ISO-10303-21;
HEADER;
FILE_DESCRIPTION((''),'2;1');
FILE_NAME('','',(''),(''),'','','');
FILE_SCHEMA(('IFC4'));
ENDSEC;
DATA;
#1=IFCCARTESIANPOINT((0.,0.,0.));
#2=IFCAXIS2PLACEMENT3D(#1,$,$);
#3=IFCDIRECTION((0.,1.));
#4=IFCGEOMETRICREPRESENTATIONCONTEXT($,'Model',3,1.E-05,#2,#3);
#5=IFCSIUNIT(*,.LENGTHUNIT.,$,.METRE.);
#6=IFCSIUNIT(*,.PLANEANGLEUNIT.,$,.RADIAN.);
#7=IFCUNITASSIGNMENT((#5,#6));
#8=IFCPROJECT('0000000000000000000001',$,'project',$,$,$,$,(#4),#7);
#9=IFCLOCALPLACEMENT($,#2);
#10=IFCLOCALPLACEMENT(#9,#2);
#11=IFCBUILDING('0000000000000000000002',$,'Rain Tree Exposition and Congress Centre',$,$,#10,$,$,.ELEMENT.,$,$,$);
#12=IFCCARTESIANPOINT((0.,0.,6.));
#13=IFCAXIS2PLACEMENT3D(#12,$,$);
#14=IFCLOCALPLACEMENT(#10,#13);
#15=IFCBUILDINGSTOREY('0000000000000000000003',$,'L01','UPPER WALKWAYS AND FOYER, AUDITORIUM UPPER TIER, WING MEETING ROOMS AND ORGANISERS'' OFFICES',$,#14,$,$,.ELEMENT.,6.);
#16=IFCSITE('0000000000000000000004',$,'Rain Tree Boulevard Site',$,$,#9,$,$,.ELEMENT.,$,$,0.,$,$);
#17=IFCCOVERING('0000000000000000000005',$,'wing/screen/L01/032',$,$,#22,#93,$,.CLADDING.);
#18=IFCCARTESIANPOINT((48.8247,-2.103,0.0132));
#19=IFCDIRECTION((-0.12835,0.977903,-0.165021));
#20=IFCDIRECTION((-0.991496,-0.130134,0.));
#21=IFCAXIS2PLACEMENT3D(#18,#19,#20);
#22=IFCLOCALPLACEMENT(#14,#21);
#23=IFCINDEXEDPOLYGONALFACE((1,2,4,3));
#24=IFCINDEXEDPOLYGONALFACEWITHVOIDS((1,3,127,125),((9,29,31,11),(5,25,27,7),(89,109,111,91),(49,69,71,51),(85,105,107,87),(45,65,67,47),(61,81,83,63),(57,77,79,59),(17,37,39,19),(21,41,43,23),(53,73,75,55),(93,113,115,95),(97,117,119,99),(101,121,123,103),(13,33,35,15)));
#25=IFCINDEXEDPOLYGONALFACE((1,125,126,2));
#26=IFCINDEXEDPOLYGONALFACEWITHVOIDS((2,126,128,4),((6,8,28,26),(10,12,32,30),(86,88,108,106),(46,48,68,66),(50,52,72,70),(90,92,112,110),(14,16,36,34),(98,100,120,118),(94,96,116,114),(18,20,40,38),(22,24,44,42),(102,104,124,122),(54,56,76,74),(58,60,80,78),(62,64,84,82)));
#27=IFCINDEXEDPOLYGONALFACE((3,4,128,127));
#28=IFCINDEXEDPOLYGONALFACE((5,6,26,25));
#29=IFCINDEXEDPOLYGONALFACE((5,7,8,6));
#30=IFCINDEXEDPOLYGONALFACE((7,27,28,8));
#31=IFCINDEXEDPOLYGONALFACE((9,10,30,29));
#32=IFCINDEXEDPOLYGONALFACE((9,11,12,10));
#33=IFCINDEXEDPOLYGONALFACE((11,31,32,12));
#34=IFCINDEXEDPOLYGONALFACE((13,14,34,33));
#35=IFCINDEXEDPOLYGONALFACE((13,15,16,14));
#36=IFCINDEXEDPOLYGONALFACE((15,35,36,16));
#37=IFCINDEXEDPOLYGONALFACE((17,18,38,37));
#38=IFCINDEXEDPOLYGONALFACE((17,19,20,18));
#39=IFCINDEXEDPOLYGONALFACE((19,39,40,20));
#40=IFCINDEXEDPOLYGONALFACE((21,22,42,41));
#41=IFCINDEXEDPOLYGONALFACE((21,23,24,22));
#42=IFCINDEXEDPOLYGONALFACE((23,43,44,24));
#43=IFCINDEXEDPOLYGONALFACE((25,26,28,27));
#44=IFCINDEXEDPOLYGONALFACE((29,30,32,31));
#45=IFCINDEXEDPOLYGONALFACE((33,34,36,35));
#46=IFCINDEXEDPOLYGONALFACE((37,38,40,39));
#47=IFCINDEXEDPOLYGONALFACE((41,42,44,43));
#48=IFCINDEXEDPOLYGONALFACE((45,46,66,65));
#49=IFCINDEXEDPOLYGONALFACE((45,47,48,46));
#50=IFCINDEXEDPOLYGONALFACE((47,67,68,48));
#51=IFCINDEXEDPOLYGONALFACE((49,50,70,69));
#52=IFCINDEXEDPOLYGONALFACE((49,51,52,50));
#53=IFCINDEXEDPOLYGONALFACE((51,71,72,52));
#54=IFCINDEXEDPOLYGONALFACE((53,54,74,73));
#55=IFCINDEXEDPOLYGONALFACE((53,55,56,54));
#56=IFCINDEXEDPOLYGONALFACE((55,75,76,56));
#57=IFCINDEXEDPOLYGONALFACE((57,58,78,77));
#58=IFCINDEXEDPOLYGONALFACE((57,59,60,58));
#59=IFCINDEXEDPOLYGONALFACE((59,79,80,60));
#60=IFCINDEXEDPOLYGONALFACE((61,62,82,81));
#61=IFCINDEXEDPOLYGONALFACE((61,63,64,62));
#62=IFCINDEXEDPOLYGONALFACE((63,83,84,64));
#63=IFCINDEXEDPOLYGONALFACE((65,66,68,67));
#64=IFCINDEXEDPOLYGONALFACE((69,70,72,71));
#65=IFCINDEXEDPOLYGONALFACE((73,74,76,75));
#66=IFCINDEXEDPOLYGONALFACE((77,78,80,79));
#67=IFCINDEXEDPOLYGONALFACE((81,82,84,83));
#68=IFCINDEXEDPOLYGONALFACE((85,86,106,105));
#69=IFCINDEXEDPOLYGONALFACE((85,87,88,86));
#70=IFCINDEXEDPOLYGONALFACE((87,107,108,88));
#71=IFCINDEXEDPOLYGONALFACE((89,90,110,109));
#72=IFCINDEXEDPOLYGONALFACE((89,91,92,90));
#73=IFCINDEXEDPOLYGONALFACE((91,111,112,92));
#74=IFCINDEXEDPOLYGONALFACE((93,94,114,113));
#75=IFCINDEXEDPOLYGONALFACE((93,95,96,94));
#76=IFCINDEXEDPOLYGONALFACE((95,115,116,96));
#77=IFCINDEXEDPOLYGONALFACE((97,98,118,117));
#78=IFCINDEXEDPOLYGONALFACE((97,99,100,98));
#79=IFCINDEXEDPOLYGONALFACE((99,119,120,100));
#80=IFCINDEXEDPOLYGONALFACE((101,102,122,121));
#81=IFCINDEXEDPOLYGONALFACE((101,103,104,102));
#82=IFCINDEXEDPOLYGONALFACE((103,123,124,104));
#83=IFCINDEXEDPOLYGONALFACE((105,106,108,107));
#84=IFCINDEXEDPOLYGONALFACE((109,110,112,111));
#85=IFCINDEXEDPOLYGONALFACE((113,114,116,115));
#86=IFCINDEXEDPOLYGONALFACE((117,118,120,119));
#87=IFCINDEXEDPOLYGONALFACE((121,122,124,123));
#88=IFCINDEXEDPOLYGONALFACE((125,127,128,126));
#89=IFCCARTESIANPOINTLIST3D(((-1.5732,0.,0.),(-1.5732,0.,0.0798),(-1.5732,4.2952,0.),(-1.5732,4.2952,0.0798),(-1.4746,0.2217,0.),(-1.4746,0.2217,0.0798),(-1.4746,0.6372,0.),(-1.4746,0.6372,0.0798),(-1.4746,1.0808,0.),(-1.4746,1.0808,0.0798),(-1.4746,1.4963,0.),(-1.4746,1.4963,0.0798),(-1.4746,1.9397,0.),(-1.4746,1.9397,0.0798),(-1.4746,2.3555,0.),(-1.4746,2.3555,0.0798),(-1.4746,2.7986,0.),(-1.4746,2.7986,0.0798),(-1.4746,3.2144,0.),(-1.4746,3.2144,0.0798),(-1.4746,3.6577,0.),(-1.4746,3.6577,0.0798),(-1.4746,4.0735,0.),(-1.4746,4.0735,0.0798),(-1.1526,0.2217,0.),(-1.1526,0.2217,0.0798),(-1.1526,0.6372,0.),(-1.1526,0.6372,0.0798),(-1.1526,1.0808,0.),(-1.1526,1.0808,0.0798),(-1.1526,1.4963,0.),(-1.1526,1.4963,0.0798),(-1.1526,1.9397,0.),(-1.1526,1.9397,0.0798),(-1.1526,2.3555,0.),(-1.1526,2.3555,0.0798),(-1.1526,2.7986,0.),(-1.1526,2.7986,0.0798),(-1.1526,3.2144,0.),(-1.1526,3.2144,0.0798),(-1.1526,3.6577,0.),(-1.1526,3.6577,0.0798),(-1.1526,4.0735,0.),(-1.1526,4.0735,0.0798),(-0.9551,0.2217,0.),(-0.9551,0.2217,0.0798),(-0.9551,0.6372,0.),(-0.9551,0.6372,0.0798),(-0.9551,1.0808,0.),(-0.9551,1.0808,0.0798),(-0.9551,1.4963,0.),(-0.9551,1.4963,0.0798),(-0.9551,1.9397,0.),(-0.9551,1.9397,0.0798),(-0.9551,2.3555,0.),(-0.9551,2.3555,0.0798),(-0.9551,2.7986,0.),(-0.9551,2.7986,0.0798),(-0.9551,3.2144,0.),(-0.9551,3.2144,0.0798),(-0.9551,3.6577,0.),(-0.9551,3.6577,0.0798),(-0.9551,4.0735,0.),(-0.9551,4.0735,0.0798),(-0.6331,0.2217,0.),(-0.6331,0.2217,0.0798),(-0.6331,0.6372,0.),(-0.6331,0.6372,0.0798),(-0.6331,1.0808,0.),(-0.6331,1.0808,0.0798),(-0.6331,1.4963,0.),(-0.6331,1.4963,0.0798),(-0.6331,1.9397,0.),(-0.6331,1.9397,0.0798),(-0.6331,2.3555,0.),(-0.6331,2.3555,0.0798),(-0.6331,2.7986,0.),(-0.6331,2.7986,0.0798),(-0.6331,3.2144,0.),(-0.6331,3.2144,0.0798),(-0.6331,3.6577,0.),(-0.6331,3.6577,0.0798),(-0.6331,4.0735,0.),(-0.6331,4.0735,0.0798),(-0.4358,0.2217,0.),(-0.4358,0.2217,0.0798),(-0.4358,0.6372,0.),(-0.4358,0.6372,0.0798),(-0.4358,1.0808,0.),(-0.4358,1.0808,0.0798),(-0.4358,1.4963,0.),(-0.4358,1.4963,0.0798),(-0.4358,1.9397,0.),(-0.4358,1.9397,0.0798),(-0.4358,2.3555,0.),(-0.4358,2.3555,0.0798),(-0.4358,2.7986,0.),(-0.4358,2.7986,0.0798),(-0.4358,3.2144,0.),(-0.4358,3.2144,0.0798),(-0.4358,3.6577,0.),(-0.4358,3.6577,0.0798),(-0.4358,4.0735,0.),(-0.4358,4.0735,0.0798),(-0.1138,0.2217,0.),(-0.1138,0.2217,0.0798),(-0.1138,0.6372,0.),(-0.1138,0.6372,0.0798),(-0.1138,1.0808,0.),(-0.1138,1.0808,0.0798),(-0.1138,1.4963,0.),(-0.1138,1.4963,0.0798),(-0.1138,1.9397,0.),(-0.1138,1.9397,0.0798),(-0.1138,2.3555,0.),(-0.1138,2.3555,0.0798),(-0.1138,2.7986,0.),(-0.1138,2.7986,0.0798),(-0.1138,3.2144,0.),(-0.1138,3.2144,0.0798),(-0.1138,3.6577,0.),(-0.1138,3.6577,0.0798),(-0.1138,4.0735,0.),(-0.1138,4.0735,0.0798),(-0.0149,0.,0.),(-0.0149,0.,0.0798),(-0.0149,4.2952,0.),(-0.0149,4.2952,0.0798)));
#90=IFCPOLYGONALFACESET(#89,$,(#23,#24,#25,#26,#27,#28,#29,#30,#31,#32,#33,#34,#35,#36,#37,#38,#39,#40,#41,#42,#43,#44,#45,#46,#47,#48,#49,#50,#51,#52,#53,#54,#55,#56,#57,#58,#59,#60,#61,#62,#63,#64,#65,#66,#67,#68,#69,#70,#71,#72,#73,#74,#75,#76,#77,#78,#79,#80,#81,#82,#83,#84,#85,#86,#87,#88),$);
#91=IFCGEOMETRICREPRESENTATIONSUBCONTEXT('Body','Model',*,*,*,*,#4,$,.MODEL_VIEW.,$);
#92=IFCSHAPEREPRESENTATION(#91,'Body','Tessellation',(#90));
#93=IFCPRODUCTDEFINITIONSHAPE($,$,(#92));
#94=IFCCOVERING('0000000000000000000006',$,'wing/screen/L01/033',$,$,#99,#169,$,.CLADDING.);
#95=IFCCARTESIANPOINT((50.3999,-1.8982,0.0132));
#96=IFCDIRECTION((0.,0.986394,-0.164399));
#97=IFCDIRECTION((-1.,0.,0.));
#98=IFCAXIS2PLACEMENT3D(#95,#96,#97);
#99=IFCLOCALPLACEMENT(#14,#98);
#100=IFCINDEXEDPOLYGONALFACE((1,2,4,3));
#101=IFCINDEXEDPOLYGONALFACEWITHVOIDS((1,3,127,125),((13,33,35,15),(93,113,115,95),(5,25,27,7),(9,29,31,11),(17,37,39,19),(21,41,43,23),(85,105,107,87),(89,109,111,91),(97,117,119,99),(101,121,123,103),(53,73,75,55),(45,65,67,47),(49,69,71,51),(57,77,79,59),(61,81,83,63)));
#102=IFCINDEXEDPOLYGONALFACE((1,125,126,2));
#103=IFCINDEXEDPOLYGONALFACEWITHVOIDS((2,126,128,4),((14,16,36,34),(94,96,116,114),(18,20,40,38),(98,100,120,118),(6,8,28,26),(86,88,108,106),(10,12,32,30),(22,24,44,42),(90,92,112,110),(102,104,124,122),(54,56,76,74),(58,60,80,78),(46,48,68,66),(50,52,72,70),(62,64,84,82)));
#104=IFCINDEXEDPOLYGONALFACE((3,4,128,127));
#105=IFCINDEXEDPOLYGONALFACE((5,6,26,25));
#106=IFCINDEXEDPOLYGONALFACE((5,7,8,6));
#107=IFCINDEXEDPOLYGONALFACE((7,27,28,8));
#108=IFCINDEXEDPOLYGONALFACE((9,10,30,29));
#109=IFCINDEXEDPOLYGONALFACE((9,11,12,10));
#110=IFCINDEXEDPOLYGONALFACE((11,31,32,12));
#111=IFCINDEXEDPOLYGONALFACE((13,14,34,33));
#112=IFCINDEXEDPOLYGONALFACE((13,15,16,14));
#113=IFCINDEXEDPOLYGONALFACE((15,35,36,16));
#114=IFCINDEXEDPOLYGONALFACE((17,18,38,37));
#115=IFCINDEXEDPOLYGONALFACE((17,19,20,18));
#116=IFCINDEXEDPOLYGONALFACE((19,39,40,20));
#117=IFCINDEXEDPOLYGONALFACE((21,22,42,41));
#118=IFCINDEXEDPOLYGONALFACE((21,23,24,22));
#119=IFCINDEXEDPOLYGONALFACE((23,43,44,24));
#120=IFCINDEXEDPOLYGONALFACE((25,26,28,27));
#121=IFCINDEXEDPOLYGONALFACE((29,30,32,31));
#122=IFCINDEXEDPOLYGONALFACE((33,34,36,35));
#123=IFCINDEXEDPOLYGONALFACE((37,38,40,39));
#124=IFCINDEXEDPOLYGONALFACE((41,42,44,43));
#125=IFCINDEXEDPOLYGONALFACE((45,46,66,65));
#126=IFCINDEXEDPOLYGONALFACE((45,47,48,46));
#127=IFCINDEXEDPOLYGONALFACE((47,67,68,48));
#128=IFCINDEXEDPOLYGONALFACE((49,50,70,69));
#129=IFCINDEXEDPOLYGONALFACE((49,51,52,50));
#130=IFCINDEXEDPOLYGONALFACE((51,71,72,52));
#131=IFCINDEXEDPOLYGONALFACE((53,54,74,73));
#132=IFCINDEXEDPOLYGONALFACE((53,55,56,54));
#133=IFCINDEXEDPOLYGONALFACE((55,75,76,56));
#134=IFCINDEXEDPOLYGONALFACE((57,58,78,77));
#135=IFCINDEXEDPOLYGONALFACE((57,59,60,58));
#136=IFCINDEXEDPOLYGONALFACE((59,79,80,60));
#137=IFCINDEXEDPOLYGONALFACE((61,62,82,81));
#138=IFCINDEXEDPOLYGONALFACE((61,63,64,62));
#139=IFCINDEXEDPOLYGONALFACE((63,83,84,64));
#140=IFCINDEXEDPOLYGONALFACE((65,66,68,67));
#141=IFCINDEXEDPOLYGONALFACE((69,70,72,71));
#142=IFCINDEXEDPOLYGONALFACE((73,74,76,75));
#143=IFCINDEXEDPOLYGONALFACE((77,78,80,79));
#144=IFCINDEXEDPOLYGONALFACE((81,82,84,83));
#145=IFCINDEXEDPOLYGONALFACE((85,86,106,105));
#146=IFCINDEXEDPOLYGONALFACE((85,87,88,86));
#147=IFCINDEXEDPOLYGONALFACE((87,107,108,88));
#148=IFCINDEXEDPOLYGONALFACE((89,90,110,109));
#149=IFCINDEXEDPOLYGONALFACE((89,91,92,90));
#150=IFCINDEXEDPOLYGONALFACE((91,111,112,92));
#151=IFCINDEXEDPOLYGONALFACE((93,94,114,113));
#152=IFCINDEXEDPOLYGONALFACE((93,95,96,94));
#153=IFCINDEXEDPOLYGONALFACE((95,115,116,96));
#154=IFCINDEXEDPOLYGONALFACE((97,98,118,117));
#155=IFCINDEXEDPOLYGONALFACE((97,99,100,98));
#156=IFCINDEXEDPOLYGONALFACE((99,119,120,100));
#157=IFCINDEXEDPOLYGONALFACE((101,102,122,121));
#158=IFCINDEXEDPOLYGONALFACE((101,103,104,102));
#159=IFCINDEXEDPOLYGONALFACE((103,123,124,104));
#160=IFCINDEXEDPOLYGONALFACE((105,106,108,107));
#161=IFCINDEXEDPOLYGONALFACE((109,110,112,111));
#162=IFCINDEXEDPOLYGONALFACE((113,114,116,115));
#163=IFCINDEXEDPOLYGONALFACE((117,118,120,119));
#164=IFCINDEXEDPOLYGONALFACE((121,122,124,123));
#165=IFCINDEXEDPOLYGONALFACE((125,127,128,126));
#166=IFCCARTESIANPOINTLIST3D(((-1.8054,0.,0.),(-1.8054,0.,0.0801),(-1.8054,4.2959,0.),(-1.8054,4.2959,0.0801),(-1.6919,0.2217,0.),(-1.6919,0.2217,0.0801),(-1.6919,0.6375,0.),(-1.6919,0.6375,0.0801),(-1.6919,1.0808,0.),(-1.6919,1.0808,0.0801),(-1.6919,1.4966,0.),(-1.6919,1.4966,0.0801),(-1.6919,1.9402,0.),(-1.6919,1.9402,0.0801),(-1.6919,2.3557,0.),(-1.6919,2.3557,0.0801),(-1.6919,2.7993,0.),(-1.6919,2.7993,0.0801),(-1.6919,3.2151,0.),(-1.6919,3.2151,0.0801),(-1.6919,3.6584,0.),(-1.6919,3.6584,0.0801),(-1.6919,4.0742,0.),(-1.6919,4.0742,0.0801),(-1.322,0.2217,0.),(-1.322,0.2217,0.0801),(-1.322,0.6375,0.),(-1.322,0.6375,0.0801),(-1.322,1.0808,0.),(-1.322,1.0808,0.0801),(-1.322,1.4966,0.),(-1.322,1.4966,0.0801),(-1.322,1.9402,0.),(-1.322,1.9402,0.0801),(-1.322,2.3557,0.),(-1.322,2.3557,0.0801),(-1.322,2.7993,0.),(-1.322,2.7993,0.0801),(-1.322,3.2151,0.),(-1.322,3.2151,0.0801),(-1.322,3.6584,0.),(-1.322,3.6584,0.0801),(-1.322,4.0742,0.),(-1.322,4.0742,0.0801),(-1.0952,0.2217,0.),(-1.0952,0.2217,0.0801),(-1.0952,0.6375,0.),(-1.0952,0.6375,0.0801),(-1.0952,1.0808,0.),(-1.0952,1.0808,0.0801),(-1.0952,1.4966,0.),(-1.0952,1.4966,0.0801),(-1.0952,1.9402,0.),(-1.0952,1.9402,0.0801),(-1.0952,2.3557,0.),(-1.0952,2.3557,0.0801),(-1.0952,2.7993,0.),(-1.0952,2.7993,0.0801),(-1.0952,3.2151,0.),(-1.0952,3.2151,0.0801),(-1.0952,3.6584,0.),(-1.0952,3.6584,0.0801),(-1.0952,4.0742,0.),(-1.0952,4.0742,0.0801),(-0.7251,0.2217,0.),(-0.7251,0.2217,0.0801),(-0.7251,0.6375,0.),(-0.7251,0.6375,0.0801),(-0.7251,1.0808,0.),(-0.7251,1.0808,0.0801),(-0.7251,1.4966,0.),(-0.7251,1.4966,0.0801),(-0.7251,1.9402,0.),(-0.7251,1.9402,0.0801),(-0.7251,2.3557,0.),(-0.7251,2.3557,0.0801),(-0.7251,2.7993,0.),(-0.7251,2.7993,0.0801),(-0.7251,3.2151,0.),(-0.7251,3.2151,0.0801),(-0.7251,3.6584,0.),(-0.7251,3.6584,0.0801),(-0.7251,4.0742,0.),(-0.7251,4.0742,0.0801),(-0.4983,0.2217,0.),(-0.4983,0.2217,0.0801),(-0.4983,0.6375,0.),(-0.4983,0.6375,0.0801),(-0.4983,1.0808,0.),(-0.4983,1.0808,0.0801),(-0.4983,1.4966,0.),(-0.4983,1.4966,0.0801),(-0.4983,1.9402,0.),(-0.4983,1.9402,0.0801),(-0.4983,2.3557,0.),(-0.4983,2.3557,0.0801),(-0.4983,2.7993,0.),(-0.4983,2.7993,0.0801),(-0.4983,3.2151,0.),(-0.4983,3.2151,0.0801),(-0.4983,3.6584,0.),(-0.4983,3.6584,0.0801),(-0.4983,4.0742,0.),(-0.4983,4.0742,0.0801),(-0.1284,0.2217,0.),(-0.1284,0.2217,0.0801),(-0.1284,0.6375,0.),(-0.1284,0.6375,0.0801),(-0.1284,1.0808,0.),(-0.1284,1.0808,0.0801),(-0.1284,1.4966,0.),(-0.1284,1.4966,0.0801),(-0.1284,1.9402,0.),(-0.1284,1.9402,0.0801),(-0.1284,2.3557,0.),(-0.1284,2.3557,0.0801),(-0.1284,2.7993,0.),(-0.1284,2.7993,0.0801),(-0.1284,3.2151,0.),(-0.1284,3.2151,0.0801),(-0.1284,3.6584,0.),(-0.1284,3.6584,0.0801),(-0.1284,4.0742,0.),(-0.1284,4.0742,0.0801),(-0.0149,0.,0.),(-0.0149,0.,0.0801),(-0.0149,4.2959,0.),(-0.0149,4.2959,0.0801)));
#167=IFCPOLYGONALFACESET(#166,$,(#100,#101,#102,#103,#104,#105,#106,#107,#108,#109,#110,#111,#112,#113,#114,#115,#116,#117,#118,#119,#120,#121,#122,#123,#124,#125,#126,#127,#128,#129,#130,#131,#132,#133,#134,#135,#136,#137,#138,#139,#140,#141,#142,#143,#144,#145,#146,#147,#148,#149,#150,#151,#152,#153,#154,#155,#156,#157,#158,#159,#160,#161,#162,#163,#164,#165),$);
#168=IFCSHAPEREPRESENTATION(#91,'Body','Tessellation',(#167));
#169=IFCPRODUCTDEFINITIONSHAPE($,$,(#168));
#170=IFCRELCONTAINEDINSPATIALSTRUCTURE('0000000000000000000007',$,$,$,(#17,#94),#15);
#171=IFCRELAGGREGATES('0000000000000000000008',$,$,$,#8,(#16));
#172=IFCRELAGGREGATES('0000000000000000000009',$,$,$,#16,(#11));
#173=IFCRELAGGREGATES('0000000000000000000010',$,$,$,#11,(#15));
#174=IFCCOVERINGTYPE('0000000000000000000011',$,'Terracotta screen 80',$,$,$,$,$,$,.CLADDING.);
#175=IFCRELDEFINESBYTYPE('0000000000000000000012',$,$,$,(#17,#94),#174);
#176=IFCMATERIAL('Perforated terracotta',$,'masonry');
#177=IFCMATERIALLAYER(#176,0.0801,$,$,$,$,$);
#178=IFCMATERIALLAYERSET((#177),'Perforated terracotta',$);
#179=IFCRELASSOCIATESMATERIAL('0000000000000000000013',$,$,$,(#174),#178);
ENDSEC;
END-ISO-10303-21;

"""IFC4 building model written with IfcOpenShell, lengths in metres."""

from ifc_helpers import new_model, si_unit, direction, frame, origin, place, context, subcontext, project, spatial, polyline, outline, extrude, material, layer, layer_set, type_object, element, save


model = new_model("IFC4")

# Units and contexts
model_context = context("Model", 3, precision=1e-05, world=origin(), true_north=direction((0.0, 1.0)))
body_context = subcontext(model_context, "Body", "Model", "MODEL_VIEW")
ifc_project = project(units=[si_unit("LENGTHUNIT", "METRE"), si_unit("PLANEANGLEUNIT", "RADIAN")], contexts=[model_context])

# Site, building, storey
site_placement = place(None, origin())
site = spatial("IfcSite", under=ifc_project, at=site_placement, Name="Rain Tree Boulevard Site", CompositionType="ELEMENT", RefElevation=0.0)
building_placement = place(site_placement, origin())
building = spatial("IfcBuilding", under=site, at=building_placement, Name="Rain Tree Exposition and Congress Centre", CompositionType="ELEMENT")
storey_placement = place(building_placement, frame((0.0, 0.0, 6.0)))
storey = spatial("IfcBuildingStorey", under=building, at=storey_placement, Name="L01", Description="UPPER WALKWAYS AND FOYER, AUDITORIUM UPPER TIER, WING MEETING ROOMS AND ORGANISERS' OFFICES", CompositionType="ELEMENT", Elevation=6.0)

# Coverings
ifc_material_1 = material(Name="Perforated terracotta", Category="masonry")
ifc_layer_1 = layer(ifc_material_1, 0.0801)
ifc_layer_set_1 = layer_set([ifc_layer_1], Name="Perforated terracotta")
covering_type = type_object("IfcCoveringType", Name="Terracotta screen 80", PredefinedType="CLADDING", material=ifc_layer_set_1)
covering_1_placement = place(storey_placement, frame((48.8247, -2.103, 0.0132), z_axis=(-0.12835, 0.977903, -0.165021), x_axis=(-0.991496, -0.130134, 0.0)))
element("IfcCovering", 1, at=covering_1_placement, inside=storey, type_object=covering_type, Name="wing/screen/L01/032", PredefinedType="CLADDING", context=body_context, shape_type="SweptSolid", body=[
    extrude(outline(polyline([(-1.5732, 0.0), (-1.5732, 4.2952), (-0.0149, 4.2952), (-0.0149, 0.0), (-1.5732, 0.0)]), holes=[polyline([(-0.1138, 0.2217), (-0.1138, 0.6372), (-0.4358, 0.6372), (-0.4358, 0.2217), (-0.1138, 0.2217)]), polyline([(-0.1138, 1.0808), (-0.1138, 1.4963), (-0.4358, 1.4963), (-0.4358, 1.0808), (-0.1138, 1.0808)]), polyline([(-0.1138, 1.9397), (-0.1138, 2.3555), (-0.4358, 2.3555), (-0.4358, 1.9397), (-0.1138, 1.9397)]), polyline([(-0.1138, 2.7986), (-0.1138, 3.2144), (-0.4358, 3.2144), (-0.4358, 2.7986), (-0.1138, 2.7986)]), polyline([(-0.1138, 3.6577), (-0.1138, 4.0735), (-0.4358, 4.0735), (-0.4358, 3.6577), (-0.1138, 3.6577)]), polyline([(-0.6331, 0.2217), (-0.6331, 0.6372), (-0.9551, 0.6372), (-0.9551, 0.2217), (-0.6331, 0.2217)]), polyline([(-0.6331, 1.0808), (-0.6331, 1.4963), (-0.9551, 1.4963), (-0.9551, 1.0808), (-0.6331, 1.0808)]), polyline([(-0.6331, 1.9397), (-0.6331, 2.3555), (-0.9551, 2.3555), (-0.9551, 1.9397), (-0.6331, 1.9397)]), polyline([(-0.6331, 2.7986), (-0.6331, 3.2144), (-0.9551, 3.2144), (-0.9551, 2.7986), (-0.6331, 2.7986)]), polyline([(-0.6331, 3.6577), (-0.6331, 4.0735), (-0.9551, 4.0735), (-0.9551, 3.6577), (-0.6331, 3.6577)]), polyline([(-1.1526, 0.2217), (-1.1526, 0.6372), (-1.4746, 0.6372), (-1.4746, 0.2217), (-1.1526, 0.2217)]), polyline([(-1.1526, 1.0808), (-1.1526, 1.4963), (-1.4746, 1.4963), (-1.4746, 1.0808), (-1.1526, 1.0808)]), polyline([(-1.1526, 1.9397), (-1.1526, 2.3555), (-1.4746, 2.3555), (-1.4746, 1.9397), (-1.1526, 1.9397)]), polyline([(-1.1526, 2.7986), (-1.1526, 3.2144), (-1.4746, 3.2144), (-1.4746, 2.7986), (-1.1526, 2.7986)]), polyline([(-1.1526, 3.6577), (-1.1526, 4.0735), (-1.4746, 4.0735), (-1.4746, 3.6577), (-1.1526, 3.6577)])]), origin(), (0.0, 0.0, 1.0), 0.0798),
])
covering_2_placement = place(storey_placement, frame((50.3999, -1.8982, 0.0132), z_axis=(0.0, 0.986394, -0.164399), x_axis=(-1.0, 0.0, 0.0)))
element("IfcCovering", 2, at=covering_2_placement, inside=storey, type_object=covering_type, Name="wing/screen/L01/033", PredefinedType="CLADDING", context=body_context, shape_type="SweptSolid", body=[
    extrude(outline(polyline([(-1.8054, 0.0), (-1.8054, 4.2959), (-0.0149, 4.2959), (-0.0149, 0.0), (-1.8054, 0.0)]), holes=[polyline([(-0.1284, 0.2217), (-0.1284, 0.6375), (-0.4983, 0.6375), (-0.4983, 0.2217), (-0.1284, 0.2217)]), polyline([(-0.1284, 1.0808), (-0.1284, 1.4966), (-0.4983, 1.4966), (-0.4983, 1.0808), (-0.1284, 1.0808)]), polyline([(-0.1284, 1.9402), (-0.1284, 2.3557), (-0.4983, 2.3557), (-0.4983, 1.9402), (-0.1284, 1.9402)]), polyline([(-0.1284, 2.7993), (-0.1284, 3.2151), (-0.4983, 3.2151), (-0.4983, 2.7993), (-0.1284, 2.7993)]), polyline([(-0.1284, 3.6584), (-0.1284, 4.0742), (-0.4983, 4.0742), (-0.4983, 3.6584), (-0.1284, 3.6584)]), polyline([(-0.7251, 0.2217), (-0.7251, 0.6375), (-1.0952, 0.6375), (-1.0952, 0.2217), (-0.7251, 0.2217)]), polyline([(-0.7251, 1.0808), (-0.7251, 1.4966), (-1.0952, 1.4966), (-1.0952, 1.0808), (-0.7251, 1.0808)]), polyline([(-0.7251, 1.9402), (-0.7251, 2.3557), (-1.0952, 2.3557), (-1.0952, 1.9402), (-0.7251, 1.9402)]), polyline([(-0.7251, 2.7993), (-0.7251, 3.2151), (-1.0952, 3.2151), (-1.0952, 2.7993), (-0.7251, 2.7993)]), polyline([(-0.7251, 3.6584), (-0.7251, 4.0742), (-1.0952, 4.0742), (-1.0952, 3.6584), (-0.7251, 3.6584)]), polyline([(-1.322, 0.2217), (-1.322, 0.6375), (-1.6919, 0.6375), (-1.6919, 0.2217), (-1.322, 0.2217)]), polyline([(-1.322, 1.0808), (-1.322, 1.4966), (-1.6919, 1.4966), (-1.6919, 1.0808), (-1.322, 1.0808)]), polyline([(-1.322, 1.9402), (-1.322, 2.3557), (-1.6919, 2.3557), (-1.6919, 1.9402), (-1.322, 1.9402)]), polyline([(-1.322, 2.7993), (-1.322, 3.2151), (-1.6919, 3.2151), (-1.6919, 2.7993), (-1.322, 2.7993)]), polyline([(-1.322, 3.6584), (-1.322, 4.0742), (-1.6919, 4.0742), (-1.6919, 3.6584), (-1.322, 3.6584)])]), origin(), (0.0, 0.0, 1.0), 0.0801),
])

save(model, "model.ifc")
